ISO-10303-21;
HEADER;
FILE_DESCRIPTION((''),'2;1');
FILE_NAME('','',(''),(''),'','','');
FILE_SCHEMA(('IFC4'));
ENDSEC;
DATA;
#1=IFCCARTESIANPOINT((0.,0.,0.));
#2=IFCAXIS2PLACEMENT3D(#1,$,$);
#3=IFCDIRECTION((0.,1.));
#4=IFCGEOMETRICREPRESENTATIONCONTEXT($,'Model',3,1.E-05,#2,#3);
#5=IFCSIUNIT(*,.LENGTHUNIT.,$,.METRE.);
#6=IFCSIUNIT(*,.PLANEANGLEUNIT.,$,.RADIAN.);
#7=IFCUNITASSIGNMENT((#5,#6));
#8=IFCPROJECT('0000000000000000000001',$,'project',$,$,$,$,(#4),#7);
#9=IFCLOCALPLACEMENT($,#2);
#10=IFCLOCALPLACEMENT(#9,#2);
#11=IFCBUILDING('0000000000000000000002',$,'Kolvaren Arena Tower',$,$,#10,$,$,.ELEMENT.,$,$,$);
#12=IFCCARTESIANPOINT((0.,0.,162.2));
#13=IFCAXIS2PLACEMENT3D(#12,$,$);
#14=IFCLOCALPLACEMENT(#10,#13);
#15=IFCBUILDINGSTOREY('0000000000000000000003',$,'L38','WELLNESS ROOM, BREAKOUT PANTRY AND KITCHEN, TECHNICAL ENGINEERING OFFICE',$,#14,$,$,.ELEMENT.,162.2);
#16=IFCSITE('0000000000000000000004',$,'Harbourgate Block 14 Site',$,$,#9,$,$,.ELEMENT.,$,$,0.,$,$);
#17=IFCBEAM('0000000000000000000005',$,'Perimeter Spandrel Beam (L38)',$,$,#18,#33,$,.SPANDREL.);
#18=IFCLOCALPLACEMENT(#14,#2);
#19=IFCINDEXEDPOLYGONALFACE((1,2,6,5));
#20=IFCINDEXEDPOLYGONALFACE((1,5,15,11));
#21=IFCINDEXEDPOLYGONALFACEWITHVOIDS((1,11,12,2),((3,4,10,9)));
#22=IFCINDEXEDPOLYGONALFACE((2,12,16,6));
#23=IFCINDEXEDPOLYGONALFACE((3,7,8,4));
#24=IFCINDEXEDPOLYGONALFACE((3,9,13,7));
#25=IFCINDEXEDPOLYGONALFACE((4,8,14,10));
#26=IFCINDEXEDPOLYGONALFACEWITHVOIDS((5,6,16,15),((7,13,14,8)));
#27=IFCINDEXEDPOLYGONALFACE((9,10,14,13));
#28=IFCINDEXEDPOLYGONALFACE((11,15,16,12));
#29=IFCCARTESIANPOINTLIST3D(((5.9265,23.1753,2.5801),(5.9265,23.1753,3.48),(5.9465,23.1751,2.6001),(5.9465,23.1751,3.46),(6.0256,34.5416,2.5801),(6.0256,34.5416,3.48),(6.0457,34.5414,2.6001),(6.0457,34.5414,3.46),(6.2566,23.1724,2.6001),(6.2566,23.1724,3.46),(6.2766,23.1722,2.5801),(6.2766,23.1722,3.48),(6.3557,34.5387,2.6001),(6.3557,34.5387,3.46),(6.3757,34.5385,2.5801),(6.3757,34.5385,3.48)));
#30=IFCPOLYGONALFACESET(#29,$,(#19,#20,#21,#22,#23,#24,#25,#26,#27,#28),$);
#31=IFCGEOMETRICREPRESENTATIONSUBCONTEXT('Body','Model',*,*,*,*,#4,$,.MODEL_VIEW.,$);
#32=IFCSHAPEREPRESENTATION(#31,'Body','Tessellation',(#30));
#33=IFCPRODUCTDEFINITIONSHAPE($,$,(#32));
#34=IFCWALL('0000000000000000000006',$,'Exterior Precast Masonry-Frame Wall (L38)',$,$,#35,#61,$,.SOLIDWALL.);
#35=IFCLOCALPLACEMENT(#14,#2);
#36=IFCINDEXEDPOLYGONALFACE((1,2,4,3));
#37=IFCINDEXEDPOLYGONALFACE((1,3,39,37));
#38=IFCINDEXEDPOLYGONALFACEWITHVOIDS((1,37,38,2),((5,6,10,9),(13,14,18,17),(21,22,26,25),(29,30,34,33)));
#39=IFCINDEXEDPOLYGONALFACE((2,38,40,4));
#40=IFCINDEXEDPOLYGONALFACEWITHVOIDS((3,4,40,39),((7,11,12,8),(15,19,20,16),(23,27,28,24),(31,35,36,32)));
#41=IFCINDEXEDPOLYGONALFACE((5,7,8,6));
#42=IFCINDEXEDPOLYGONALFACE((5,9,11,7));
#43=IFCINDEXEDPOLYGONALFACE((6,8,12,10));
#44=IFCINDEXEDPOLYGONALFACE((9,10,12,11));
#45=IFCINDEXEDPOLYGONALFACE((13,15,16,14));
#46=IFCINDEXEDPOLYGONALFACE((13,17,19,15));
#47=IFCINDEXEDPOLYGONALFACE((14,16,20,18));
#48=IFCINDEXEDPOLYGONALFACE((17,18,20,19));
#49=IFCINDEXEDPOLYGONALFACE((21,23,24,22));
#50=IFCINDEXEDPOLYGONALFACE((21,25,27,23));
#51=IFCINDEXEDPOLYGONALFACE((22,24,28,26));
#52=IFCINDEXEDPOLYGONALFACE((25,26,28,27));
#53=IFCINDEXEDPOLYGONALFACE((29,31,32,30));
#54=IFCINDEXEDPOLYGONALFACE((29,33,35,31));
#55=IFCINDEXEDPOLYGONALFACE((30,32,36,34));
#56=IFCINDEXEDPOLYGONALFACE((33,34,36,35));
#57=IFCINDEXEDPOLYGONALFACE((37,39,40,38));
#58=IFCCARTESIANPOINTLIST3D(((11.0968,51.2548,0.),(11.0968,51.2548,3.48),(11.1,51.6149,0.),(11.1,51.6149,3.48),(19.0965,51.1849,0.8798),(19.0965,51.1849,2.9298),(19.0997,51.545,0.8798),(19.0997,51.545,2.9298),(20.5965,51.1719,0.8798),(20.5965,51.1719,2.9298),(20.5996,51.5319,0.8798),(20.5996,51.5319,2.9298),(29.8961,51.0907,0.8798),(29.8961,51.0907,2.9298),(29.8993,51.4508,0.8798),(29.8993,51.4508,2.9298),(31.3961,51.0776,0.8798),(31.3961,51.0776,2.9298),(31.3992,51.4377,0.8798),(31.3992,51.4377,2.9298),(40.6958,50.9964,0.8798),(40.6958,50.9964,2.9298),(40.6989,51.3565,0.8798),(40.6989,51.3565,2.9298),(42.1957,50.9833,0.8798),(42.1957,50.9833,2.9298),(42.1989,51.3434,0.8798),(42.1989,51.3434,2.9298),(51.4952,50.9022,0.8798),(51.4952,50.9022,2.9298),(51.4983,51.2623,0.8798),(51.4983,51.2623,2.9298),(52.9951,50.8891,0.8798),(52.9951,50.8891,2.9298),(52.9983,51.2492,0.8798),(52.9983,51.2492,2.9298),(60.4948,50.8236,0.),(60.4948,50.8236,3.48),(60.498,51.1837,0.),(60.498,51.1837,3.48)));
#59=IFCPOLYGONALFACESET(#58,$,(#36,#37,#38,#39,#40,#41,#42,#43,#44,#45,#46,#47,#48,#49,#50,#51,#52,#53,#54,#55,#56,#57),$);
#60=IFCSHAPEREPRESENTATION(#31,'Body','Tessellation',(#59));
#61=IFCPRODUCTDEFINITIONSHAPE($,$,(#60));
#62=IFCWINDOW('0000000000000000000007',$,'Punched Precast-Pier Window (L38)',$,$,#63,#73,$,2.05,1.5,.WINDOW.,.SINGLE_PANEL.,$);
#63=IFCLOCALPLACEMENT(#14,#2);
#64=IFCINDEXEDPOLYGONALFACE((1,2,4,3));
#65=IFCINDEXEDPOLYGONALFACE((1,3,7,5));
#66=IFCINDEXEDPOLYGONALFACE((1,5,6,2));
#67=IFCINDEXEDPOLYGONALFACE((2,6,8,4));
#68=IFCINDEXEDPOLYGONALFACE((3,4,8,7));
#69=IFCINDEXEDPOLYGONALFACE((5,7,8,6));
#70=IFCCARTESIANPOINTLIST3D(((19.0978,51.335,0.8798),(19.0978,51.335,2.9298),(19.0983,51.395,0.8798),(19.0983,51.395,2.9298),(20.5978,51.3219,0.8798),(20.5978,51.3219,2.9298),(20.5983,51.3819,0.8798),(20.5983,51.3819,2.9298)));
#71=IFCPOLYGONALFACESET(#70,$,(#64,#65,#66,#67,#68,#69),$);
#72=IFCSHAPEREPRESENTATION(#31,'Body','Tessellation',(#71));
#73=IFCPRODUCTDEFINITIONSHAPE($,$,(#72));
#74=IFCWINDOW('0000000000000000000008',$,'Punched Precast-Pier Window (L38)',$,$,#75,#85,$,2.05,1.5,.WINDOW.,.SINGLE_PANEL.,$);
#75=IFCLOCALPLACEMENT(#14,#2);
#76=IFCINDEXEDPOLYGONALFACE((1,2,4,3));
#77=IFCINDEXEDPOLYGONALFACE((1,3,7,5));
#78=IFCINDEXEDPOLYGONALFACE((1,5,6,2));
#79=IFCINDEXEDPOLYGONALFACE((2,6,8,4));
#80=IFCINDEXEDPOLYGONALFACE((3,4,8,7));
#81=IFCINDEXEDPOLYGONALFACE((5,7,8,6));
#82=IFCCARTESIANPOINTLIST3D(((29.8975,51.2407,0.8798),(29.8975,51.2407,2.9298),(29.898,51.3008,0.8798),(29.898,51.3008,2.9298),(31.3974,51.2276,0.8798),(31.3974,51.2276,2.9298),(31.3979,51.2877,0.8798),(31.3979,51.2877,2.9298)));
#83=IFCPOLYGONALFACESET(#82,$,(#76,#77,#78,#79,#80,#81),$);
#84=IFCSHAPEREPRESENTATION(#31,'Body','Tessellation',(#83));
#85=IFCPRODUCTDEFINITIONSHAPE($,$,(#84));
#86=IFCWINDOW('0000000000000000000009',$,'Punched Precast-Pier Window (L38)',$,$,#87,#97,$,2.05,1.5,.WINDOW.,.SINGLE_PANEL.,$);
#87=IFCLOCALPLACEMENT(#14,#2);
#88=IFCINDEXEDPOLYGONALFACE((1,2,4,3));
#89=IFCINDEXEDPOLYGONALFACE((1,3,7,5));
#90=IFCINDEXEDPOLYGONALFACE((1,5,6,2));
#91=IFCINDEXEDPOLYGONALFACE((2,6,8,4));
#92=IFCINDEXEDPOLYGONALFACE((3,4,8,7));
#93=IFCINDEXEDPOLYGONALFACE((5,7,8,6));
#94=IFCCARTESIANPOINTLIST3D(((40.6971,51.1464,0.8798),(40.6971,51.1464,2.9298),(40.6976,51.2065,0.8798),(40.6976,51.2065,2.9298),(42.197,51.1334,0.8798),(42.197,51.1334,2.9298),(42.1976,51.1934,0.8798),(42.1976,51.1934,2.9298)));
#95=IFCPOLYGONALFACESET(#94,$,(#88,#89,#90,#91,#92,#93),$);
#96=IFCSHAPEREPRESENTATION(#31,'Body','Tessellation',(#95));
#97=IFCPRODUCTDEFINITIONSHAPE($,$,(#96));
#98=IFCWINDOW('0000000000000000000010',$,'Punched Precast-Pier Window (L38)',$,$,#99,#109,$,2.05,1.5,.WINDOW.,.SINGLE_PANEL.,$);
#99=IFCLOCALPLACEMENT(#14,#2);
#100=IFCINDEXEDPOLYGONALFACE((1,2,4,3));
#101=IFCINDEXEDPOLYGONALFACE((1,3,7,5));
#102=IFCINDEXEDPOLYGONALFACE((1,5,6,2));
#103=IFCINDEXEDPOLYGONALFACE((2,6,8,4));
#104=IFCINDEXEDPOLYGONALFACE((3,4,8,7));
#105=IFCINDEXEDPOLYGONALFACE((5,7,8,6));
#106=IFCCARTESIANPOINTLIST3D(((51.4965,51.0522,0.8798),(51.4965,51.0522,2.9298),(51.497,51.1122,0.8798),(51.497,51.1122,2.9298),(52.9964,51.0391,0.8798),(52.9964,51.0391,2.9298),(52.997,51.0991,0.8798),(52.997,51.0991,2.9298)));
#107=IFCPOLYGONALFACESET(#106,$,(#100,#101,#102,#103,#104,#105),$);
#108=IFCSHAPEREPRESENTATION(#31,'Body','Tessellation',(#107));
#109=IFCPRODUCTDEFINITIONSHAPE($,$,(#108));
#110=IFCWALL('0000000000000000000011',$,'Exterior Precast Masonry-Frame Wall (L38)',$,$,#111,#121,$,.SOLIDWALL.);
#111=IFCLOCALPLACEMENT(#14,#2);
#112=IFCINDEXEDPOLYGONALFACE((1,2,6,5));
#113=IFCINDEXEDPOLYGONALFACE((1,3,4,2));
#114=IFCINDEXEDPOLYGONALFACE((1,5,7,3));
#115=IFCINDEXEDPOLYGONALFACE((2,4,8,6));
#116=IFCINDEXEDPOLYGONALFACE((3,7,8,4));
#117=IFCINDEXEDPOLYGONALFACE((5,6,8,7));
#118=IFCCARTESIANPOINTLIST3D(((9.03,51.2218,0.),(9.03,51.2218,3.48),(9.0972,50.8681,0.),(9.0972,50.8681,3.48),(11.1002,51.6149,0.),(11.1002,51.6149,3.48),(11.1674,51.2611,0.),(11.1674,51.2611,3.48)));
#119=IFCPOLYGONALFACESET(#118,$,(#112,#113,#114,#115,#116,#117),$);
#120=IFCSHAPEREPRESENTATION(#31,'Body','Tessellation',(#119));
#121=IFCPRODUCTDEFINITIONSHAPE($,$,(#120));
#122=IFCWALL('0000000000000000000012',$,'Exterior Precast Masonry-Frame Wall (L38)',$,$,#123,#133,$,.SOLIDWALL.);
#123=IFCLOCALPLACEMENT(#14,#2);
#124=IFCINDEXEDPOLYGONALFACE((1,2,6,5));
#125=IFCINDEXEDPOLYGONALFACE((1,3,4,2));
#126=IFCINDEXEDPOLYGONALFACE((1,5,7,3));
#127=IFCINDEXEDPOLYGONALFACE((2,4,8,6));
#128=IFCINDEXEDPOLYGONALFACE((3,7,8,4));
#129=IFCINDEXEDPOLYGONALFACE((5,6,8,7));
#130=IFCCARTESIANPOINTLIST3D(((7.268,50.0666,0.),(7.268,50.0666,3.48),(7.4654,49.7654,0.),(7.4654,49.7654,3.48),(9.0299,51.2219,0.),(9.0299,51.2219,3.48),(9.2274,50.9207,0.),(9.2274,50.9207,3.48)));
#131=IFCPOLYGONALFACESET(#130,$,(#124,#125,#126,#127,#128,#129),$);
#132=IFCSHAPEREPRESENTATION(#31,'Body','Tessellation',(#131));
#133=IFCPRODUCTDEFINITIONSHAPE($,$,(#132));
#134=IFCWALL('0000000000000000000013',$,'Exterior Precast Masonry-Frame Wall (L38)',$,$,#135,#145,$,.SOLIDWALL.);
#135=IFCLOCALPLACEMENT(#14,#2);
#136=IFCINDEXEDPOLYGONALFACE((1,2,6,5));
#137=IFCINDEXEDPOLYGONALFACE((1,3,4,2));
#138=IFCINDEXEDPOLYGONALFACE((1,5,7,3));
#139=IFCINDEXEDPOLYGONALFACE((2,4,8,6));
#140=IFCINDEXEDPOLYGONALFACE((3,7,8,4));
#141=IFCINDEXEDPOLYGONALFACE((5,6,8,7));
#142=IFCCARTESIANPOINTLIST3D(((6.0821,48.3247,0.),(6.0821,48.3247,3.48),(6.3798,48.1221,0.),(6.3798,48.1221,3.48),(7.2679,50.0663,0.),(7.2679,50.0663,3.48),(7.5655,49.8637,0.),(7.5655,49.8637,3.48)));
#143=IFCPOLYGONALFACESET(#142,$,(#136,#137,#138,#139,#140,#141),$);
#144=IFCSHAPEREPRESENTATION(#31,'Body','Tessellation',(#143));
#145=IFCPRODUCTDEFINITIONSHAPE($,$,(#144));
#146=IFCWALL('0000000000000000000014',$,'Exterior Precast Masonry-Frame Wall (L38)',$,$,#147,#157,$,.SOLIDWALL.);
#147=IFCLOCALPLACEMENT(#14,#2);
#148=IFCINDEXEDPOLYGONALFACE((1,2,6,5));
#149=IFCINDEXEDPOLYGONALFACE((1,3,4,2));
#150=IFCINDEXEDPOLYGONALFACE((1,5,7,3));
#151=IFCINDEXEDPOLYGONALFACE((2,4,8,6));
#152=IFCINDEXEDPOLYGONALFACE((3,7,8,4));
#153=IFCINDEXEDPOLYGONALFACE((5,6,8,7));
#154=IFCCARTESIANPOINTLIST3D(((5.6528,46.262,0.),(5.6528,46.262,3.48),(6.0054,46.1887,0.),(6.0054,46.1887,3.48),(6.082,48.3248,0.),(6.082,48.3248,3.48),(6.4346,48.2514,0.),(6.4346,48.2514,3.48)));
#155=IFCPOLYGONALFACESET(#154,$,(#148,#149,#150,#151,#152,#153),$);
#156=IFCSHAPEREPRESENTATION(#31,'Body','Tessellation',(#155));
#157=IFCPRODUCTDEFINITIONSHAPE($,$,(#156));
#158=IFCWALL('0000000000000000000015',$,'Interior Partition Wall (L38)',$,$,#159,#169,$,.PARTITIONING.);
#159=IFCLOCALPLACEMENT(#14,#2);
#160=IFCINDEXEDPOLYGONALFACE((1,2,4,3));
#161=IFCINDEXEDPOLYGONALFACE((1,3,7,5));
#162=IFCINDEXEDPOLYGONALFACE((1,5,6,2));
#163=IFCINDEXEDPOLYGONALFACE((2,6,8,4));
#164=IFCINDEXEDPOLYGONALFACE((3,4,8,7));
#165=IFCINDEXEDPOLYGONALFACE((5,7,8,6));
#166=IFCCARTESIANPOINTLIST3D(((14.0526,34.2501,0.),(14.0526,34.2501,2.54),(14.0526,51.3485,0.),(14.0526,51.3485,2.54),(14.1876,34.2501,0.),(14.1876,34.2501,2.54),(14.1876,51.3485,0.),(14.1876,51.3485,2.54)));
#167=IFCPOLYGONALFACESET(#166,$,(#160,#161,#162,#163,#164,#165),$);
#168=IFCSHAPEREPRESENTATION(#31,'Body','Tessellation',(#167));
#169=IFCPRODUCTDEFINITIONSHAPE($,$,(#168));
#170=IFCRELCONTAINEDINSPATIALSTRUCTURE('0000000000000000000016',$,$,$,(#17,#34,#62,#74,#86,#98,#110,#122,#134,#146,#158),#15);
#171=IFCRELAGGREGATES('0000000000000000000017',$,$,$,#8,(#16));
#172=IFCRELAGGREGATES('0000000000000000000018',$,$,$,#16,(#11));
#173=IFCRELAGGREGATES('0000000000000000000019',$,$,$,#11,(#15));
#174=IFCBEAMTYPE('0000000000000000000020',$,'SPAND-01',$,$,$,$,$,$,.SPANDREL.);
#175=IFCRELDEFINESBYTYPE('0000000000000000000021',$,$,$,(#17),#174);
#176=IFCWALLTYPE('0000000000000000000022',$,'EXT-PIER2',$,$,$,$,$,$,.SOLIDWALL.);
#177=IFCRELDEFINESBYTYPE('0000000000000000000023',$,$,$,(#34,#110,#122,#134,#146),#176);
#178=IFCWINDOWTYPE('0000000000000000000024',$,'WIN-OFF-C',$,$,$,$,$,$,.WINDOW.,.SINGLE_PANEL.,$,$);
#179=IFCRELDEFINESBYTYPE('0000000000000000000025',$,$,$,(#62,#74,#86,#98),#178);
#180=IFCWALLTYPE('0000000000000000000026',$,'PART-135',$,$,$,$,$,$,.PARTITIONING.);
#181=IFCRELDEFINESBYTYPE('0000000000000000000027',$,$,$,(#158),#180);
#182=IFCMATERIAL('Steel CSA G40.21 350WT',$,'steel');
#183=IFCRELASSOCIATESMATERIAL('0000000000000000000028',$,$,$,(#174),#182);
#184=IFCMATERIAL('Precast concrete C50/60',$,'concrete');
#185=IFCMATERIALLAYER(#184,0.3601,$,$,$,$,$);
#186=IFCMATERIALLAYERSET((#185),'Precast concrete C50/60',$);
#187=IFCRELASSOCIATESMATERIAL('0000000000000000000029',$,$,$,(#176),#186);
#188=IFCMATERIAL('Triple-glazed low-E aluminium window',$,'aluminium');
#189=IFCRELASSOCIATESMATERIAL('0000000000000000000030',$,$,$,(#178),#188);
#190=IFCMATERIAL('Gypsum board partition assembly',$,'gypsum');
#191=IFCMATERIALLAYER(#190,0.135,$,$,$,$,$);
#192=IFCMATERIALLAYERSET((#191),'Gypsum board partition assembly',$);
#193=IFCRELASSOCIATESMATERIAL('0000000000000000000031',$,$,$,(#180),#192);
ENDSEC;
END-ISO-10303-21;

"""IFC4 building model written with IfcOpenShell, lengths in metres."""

from ifc_helpers import new_model, si_unit, direction, frame, frame_2d, origin, origin_2d, place, context, subcontext, project, spatial, rectangle, hollow_rectangle, extrude, material, layer, layer_set, material_profile, profile_set, type_object, element, fill, save


model = new_model("IFC4")

# Units and contexts
model_context = context("Model", 3, precision=1e-05, world=origin(), true_north=direction((0.0, 1.0)))
body_context = subcontext(model_context, "Body", "Model", "MODEL_VIEW")
ifc_project = project(units=[si_unit("LENGTHUNIT", "METRE"), si_unit("PLANEANGLEUNIT", "RADIAN")], contexts=[model_context])

# Site, building, storey
site_placement = place(None, origin())
site = spatial("IfcSite", under=ifc_project, at=site_placement, Name="Harbourgate Block 14 Site", CompositionType="ELEMENT", RefElevation=0.0)
building_placement = place(site_placement, origin())
building = spatial("IfcBuilding", under=site, at=building_placement, Name="Kolvaren Arena Tower", CompositionType="ELEMENT")
storey_placement = place(building_placement, frame((0.0, 0.0, 162.2)))
storey = spatial("IfcBuildingStorey", under=building, at=storey_placement, Name="L38", Description="WELLNESS ROOM, BREAKOUT PANTRY AND KITCHEN, TECHNICAL ENGINEERING OFFICE", CompositionType="ELEMENT", Elevation=162.2)

# Beam
ifc_material_1 = material(Name="Steel CSA G40.21 350WT", Category="steel")
ifc_material_profile_1 = material_profile(ifc_material_1, hollow_rectangle(XDim=0.3501, YDim=0.8999, WallThickness=0.02, at=origin_2d()), Name="HSS 900x350x20")
ifc_profile_set_1 = profile_set([ifc_material_profile_1], Name="Steel CSA G40.21 350WT")
beam_type_1 = type_object("IfcBeamType", Name="SPAND-01", PredefinedType="SPANDREL", material=ifc_profile_set_1)
for number, where, z_axis, x_axis, name in (
    (1, (6.2007, 34.54, 3.03), (-0.00872, -0.999962, 0.0), (0.999962, -0.00872, 0.0), "Perimeter Spandrel Beam (L38)"),
):
    element("IfcBeam", number, at=place(storey_placement, frame(where, z_axis=z_axis, x_axis=x_axis)), inside=storey, type_object=beam_type_1, Name=name, PredefinedType="SPANDREL", context=body_context, shape_type="SweptSolid", body=[
        extrude(hollow_rectangle(XDim=0.3501, YDim=0.8999, WallThickness=0.02, at=origin_2d()), origin(), (0.0, 0.0, 1.0), 11.3667),
    ])

# Wall, openings, windows
ifc_material_2 = material(Name="Precast concrete C50/60", Category="concrete")
ifc_layer_1 = layer(ifc_material_2, 0.3601)
ifc_layer_set_1 = layer_set([ifc_layer_1], Name="Precast concrete C50/60")
wall_type_1 = type_object("IfcWallType", Name="EXT-PIER2", PredefinedType="SOLIDWALL", material=ifc_layer_set_1)
wall_1_placement = place(storey_placement, frame((11.0984, 51.4348, 0.0), z_axis=(0.0, 0.0, 1.0), x_axis=(0.999962, -0.008728, 0.0)))
wall_1 = element("IfcWall", 2, at=wall_1_placement, inside=storey, type_object=wall_type_1, Name="Exterior Precast Masonry-Frame Wall (L38)", PredefinedType="SOLIDWALL", context=body_context, shape_type="SweptSolid", body=[
    extrude(rectangle(XDim=49.3999, YDim=0.3601, at=frame_2d((24.7, 0.0))), origin(), (0.0, 0.0, 1.0), 3.48),
])
opening_1_placement = place(wall_1_placement, frame((8.0, 0.0, 0.8799)))
opening_1 = element("IfcOpeningElement", 3, at=opening_1_placement, cuts=wall_1, PredefinedType="OPENING", context=body_context, shape_type="SweptSolid", body=[
    extrude(rectangle(XDim=1.5, YDim=2.05, at=frame_2d((0.75, 1.0249))), frame((0.0, 0.1899, 0.0), z_axis=(0.0, -1.0, 0.0), x_axis=(1.0, 0.0, 0.0)), (0.0, 0.0, 1.0), 0.3801),
])
opening_2_placement = place(wall_1_placement, frame((18.8, 0.0, 0.8799)))
opening_2 = element("IfcOpeningElement", 4, at=opening_2_placement, cuts=wall_1, PredefinedType="OPENING", context=body_context, shape_type="SweptSolid", body=[
    extrude(rectangle(XDim=1.5, YDim=2.05, at=frame_2d((0.75, 1.0249))), frame((0.0, 0.1899, 0.0), z_axis=(0.0, -1.0, 0.0), x_axis=(1.0, 0.0, 0.0)), (0.0, 0.0, 1.0), 0.3801),
])
opening_3_placement = place(wall_1_placement, frame((29.6001, 0.0, 0.8799)))
opening_3 = element("IfcOpeningElement", 5, at=opening_3_placement, cuts=wall_1, PredefinedType="OPENING", context=body_context, shape_type="SweptSolid", body=[
    extrude(rectangle(XDim=1.5, YDim=2.05, at=frame_2d((0.75, 1.0249))), frame((0.0, 0.1899, 0.0), z_axis=(0.0, -1.0, 0.0), x_axis=(1.0, 0.0, 0.0)), (0.0, 0.0, 1.0), 0.3801),
])
opening_4_placement = place(wall_1_placement, frame((40.3999, 0.0, 0.8799)))
opening_4 = element("IfcOpeningElement", 6, at=opening_4_placement, cuts=wall_1, PredefinedType="OPENING", context=body_context, shape_type="SweptSolid", body=[
    extrude(rectangle(XDim=1.5, YDim=2.05, at=frame_2d((0.75, 1.0249))), frame((0.0, 0.1899, 0.0), z_axis=(0.0, -1.0, 0.0), x_axis=(1.0, 0.0, 0.0)), (0.0, 0.0, 1.0), 0.3801),
])
ifc_material_3 = material(Name="Triple-glazed low-E aluminium window", Category="aluminium")
window_type = type_object("IfcWindowType", Name="WIN-OFF-C", PartitioningType="SINGLE_PANEL", PredefinedType="WINDOW", material=ifc_material_3)
window_1_placement = place(opening_1_placement, origin())
window_1 = element("IfcWindow", 7, at=window_1_placement, inside=storey, type_object=window_type, Name="Punched Precast-Pier Window (L38)", OverallHeight=2.05, OverallWidth=1.5, PartitioningType="SINGLE_PANEL", PredefinedType="WINDOW", context=body_context, shape_type="SweptSolid", body=[
    extrude(rectangle(XDim=1.5, YDim=2.05, at=frame_2d((0.75, 1.0249))), frame((0.0, 0.03, 0.0), z_axis=(0.0, -1.0, 0.0), x_axis=(1.0, 0.0, 0.0)), (0.0, 0.0, 1.0), 0.0601),
])
fill(opening_1, window_1)
window_2_placement = place(opening_2_placement, origin())
window_2 = element("IfcWindow", 8, at=window_2_placement, inside=storey, type_object=window_type, Name="Punched Precast-Pier Window (L38)", OverallHeight=2.05, OverallWidth=1.5, PartitioningType="SINGLE_PANEL", PredefinedType="WINDOW", context=body_context, shape_type="SweptSolid", body=[
    extrude(rectangle(XDim=1.5, YDim=2.05, at=frame_2d((0.75, 1.0249))), frame((0.0, 0.03, 0.0), z_axis=(0.0, -1.0, 0.0), x_axis=(1.0, 0.0, 0.0)), (0.0, 0.0, 1.0), 0.0601),
])
fill(opening_2, window_2)
window_3_placement = place(opening_3_placement, origin())
window_3 = element("IfcWindow", 9, at=window_3_placement, inside=storey, type_object=window_type, Name="Punched Precast-Pier Window (L38)", OverallHeight=2.05, OverallWidth=1.5, PartitioningType="SINGLE_PANEL", PredefinedType="WINDOW", context=body_context, shape_type="SweptSolid", body=[
    extrude(rectangle(XDim=1.5, YDim=2.05, at=frame_2d((0.75, 1.0249))), frame((0.0, 0.03, 0.0), z_axis=(0.0, -1.0, 0.0), x_axis=(1.0, 0.0, 0.0)), (0.0, 0.0, 1.0), 0.0601),
])
fill(opening_3, window_3)
window_4_placement = place(opening_4_placement, origin())
window_4 = element("IfcWindow", 10, at=window_4_placement, inside=storey, type_object=window_type, Name="Punched Precast-Pier Window (L38)", OverallHeight=2.05, OverallWidth=1.5, PartitioningType="SINGLE_PANEL", PredefinedType="WINDOW", context=body_context, shape_type="SweptSolid", body=[
    extrude(rectangle(XDim=1.5, YDim=2.05, at=frame_2d((0.75, 1.0249))), frame((0.0, 0.03, 0.0), z_axis=(0.0, -1.0, 0.0), x_axis=(1.0, 0.0, 0.0)), (0.0, 0.0, 1.0), 0.0601),
])
fill(opening_4, window_4)

# Walls
wall_2_placement = place(storey_placement, frame((9.0635, 51.0449, 0.0), z_axis=(0.0, 0.0, 1.0), x_axis=(0.982446, 0.186548, 0.0)))
element("IfcWall", 11, at=wall_2_placement, inside=storey, type_object=wall_type_1, Name="Exterior Precast Masonry-Frame Wall (L38)", PredefinedType="SOLIDWALL", context=body_context, shape_type="SweptSolid", body=[
    extrude(rectangle(XDim=2.1072, YDim=0.3601, at=frame_2d((1.0537, 0.0))), origin(), (0.0, 0.0, 1.0), 3.48),
])
for number, where, z_axis, x_axis, name in (
    (12, (7.3667, 49.916, 0.0), (0.0, 0.0, 1.0), (0.836269, 0.54832, 0.0), "Exterior Precast Masonry-Frame Wall (L38)"),
    (13, (6.231, 48.2234, 0.0), (0.0, 0.0, 1.0), (0.562776, 0.82661, 0.0), "Exterior Precast Masonry-Frame Wall (L38)"),
    (14, (5.8291, 46.2253, 0.0), (0.0, 0.0, 1.0), (0.203709, 0.979031, 0.0), "Exterior Precast Masonry-Frame Wall (L38)"),
):
    element("IfcWall", number, at=place(storey_placement, frame(where, z_axis=z_axis, x_axis=x_axis)), inside=storey, type_object=wall_type_1, Name=name, PredefinedType="SOLIDWALL", context=body_context, shape_type="SweptSolid", body=[
        extrude(rectangle(XDim=2.1069, YDim=0.3601, at=frame_2d((1.0535, 0.0))), origin(), (0.0, 0.0, 1.0), 3.48),
    ])
ifc_material_4 = material(Name="Gypsum board partition assembly", Category="gypsum")
ifc_layer_2 = layer(ifc_material_4, 0.135)
ifc_layer_set_2 = layer_set([ifc_layer_2], Name="Gypsum board partition assembly")
wall_type_2 = type_object("IfcWallType", Name="PART-135", PredefinedType="PARTITIONING", material=ifc_layer_set_2)
wall_3_placement = place(storey_placement, frame((14.1201, 34.25, 0.0), z_axis=(0.0, 0.0, 1.0), x_axis=(0.0, 1.0, 0.0)))
element("IfcWall", 15, at=wall_3_placement, inside=storey, type_object=wall_type_2, Name="Interior Partition Wall (L38)", PredefinedType="PARTITIONING", context=body_context, shape_type="SweptSolid", body=[
    extrude(rectangle(XDim=17.0984, YDim=0.135, at=frame_2d((8.5493, 0.0))), origin(), (0.0, 0.0, 1.0), 2.54),
])

save(model, "model.ifc")
